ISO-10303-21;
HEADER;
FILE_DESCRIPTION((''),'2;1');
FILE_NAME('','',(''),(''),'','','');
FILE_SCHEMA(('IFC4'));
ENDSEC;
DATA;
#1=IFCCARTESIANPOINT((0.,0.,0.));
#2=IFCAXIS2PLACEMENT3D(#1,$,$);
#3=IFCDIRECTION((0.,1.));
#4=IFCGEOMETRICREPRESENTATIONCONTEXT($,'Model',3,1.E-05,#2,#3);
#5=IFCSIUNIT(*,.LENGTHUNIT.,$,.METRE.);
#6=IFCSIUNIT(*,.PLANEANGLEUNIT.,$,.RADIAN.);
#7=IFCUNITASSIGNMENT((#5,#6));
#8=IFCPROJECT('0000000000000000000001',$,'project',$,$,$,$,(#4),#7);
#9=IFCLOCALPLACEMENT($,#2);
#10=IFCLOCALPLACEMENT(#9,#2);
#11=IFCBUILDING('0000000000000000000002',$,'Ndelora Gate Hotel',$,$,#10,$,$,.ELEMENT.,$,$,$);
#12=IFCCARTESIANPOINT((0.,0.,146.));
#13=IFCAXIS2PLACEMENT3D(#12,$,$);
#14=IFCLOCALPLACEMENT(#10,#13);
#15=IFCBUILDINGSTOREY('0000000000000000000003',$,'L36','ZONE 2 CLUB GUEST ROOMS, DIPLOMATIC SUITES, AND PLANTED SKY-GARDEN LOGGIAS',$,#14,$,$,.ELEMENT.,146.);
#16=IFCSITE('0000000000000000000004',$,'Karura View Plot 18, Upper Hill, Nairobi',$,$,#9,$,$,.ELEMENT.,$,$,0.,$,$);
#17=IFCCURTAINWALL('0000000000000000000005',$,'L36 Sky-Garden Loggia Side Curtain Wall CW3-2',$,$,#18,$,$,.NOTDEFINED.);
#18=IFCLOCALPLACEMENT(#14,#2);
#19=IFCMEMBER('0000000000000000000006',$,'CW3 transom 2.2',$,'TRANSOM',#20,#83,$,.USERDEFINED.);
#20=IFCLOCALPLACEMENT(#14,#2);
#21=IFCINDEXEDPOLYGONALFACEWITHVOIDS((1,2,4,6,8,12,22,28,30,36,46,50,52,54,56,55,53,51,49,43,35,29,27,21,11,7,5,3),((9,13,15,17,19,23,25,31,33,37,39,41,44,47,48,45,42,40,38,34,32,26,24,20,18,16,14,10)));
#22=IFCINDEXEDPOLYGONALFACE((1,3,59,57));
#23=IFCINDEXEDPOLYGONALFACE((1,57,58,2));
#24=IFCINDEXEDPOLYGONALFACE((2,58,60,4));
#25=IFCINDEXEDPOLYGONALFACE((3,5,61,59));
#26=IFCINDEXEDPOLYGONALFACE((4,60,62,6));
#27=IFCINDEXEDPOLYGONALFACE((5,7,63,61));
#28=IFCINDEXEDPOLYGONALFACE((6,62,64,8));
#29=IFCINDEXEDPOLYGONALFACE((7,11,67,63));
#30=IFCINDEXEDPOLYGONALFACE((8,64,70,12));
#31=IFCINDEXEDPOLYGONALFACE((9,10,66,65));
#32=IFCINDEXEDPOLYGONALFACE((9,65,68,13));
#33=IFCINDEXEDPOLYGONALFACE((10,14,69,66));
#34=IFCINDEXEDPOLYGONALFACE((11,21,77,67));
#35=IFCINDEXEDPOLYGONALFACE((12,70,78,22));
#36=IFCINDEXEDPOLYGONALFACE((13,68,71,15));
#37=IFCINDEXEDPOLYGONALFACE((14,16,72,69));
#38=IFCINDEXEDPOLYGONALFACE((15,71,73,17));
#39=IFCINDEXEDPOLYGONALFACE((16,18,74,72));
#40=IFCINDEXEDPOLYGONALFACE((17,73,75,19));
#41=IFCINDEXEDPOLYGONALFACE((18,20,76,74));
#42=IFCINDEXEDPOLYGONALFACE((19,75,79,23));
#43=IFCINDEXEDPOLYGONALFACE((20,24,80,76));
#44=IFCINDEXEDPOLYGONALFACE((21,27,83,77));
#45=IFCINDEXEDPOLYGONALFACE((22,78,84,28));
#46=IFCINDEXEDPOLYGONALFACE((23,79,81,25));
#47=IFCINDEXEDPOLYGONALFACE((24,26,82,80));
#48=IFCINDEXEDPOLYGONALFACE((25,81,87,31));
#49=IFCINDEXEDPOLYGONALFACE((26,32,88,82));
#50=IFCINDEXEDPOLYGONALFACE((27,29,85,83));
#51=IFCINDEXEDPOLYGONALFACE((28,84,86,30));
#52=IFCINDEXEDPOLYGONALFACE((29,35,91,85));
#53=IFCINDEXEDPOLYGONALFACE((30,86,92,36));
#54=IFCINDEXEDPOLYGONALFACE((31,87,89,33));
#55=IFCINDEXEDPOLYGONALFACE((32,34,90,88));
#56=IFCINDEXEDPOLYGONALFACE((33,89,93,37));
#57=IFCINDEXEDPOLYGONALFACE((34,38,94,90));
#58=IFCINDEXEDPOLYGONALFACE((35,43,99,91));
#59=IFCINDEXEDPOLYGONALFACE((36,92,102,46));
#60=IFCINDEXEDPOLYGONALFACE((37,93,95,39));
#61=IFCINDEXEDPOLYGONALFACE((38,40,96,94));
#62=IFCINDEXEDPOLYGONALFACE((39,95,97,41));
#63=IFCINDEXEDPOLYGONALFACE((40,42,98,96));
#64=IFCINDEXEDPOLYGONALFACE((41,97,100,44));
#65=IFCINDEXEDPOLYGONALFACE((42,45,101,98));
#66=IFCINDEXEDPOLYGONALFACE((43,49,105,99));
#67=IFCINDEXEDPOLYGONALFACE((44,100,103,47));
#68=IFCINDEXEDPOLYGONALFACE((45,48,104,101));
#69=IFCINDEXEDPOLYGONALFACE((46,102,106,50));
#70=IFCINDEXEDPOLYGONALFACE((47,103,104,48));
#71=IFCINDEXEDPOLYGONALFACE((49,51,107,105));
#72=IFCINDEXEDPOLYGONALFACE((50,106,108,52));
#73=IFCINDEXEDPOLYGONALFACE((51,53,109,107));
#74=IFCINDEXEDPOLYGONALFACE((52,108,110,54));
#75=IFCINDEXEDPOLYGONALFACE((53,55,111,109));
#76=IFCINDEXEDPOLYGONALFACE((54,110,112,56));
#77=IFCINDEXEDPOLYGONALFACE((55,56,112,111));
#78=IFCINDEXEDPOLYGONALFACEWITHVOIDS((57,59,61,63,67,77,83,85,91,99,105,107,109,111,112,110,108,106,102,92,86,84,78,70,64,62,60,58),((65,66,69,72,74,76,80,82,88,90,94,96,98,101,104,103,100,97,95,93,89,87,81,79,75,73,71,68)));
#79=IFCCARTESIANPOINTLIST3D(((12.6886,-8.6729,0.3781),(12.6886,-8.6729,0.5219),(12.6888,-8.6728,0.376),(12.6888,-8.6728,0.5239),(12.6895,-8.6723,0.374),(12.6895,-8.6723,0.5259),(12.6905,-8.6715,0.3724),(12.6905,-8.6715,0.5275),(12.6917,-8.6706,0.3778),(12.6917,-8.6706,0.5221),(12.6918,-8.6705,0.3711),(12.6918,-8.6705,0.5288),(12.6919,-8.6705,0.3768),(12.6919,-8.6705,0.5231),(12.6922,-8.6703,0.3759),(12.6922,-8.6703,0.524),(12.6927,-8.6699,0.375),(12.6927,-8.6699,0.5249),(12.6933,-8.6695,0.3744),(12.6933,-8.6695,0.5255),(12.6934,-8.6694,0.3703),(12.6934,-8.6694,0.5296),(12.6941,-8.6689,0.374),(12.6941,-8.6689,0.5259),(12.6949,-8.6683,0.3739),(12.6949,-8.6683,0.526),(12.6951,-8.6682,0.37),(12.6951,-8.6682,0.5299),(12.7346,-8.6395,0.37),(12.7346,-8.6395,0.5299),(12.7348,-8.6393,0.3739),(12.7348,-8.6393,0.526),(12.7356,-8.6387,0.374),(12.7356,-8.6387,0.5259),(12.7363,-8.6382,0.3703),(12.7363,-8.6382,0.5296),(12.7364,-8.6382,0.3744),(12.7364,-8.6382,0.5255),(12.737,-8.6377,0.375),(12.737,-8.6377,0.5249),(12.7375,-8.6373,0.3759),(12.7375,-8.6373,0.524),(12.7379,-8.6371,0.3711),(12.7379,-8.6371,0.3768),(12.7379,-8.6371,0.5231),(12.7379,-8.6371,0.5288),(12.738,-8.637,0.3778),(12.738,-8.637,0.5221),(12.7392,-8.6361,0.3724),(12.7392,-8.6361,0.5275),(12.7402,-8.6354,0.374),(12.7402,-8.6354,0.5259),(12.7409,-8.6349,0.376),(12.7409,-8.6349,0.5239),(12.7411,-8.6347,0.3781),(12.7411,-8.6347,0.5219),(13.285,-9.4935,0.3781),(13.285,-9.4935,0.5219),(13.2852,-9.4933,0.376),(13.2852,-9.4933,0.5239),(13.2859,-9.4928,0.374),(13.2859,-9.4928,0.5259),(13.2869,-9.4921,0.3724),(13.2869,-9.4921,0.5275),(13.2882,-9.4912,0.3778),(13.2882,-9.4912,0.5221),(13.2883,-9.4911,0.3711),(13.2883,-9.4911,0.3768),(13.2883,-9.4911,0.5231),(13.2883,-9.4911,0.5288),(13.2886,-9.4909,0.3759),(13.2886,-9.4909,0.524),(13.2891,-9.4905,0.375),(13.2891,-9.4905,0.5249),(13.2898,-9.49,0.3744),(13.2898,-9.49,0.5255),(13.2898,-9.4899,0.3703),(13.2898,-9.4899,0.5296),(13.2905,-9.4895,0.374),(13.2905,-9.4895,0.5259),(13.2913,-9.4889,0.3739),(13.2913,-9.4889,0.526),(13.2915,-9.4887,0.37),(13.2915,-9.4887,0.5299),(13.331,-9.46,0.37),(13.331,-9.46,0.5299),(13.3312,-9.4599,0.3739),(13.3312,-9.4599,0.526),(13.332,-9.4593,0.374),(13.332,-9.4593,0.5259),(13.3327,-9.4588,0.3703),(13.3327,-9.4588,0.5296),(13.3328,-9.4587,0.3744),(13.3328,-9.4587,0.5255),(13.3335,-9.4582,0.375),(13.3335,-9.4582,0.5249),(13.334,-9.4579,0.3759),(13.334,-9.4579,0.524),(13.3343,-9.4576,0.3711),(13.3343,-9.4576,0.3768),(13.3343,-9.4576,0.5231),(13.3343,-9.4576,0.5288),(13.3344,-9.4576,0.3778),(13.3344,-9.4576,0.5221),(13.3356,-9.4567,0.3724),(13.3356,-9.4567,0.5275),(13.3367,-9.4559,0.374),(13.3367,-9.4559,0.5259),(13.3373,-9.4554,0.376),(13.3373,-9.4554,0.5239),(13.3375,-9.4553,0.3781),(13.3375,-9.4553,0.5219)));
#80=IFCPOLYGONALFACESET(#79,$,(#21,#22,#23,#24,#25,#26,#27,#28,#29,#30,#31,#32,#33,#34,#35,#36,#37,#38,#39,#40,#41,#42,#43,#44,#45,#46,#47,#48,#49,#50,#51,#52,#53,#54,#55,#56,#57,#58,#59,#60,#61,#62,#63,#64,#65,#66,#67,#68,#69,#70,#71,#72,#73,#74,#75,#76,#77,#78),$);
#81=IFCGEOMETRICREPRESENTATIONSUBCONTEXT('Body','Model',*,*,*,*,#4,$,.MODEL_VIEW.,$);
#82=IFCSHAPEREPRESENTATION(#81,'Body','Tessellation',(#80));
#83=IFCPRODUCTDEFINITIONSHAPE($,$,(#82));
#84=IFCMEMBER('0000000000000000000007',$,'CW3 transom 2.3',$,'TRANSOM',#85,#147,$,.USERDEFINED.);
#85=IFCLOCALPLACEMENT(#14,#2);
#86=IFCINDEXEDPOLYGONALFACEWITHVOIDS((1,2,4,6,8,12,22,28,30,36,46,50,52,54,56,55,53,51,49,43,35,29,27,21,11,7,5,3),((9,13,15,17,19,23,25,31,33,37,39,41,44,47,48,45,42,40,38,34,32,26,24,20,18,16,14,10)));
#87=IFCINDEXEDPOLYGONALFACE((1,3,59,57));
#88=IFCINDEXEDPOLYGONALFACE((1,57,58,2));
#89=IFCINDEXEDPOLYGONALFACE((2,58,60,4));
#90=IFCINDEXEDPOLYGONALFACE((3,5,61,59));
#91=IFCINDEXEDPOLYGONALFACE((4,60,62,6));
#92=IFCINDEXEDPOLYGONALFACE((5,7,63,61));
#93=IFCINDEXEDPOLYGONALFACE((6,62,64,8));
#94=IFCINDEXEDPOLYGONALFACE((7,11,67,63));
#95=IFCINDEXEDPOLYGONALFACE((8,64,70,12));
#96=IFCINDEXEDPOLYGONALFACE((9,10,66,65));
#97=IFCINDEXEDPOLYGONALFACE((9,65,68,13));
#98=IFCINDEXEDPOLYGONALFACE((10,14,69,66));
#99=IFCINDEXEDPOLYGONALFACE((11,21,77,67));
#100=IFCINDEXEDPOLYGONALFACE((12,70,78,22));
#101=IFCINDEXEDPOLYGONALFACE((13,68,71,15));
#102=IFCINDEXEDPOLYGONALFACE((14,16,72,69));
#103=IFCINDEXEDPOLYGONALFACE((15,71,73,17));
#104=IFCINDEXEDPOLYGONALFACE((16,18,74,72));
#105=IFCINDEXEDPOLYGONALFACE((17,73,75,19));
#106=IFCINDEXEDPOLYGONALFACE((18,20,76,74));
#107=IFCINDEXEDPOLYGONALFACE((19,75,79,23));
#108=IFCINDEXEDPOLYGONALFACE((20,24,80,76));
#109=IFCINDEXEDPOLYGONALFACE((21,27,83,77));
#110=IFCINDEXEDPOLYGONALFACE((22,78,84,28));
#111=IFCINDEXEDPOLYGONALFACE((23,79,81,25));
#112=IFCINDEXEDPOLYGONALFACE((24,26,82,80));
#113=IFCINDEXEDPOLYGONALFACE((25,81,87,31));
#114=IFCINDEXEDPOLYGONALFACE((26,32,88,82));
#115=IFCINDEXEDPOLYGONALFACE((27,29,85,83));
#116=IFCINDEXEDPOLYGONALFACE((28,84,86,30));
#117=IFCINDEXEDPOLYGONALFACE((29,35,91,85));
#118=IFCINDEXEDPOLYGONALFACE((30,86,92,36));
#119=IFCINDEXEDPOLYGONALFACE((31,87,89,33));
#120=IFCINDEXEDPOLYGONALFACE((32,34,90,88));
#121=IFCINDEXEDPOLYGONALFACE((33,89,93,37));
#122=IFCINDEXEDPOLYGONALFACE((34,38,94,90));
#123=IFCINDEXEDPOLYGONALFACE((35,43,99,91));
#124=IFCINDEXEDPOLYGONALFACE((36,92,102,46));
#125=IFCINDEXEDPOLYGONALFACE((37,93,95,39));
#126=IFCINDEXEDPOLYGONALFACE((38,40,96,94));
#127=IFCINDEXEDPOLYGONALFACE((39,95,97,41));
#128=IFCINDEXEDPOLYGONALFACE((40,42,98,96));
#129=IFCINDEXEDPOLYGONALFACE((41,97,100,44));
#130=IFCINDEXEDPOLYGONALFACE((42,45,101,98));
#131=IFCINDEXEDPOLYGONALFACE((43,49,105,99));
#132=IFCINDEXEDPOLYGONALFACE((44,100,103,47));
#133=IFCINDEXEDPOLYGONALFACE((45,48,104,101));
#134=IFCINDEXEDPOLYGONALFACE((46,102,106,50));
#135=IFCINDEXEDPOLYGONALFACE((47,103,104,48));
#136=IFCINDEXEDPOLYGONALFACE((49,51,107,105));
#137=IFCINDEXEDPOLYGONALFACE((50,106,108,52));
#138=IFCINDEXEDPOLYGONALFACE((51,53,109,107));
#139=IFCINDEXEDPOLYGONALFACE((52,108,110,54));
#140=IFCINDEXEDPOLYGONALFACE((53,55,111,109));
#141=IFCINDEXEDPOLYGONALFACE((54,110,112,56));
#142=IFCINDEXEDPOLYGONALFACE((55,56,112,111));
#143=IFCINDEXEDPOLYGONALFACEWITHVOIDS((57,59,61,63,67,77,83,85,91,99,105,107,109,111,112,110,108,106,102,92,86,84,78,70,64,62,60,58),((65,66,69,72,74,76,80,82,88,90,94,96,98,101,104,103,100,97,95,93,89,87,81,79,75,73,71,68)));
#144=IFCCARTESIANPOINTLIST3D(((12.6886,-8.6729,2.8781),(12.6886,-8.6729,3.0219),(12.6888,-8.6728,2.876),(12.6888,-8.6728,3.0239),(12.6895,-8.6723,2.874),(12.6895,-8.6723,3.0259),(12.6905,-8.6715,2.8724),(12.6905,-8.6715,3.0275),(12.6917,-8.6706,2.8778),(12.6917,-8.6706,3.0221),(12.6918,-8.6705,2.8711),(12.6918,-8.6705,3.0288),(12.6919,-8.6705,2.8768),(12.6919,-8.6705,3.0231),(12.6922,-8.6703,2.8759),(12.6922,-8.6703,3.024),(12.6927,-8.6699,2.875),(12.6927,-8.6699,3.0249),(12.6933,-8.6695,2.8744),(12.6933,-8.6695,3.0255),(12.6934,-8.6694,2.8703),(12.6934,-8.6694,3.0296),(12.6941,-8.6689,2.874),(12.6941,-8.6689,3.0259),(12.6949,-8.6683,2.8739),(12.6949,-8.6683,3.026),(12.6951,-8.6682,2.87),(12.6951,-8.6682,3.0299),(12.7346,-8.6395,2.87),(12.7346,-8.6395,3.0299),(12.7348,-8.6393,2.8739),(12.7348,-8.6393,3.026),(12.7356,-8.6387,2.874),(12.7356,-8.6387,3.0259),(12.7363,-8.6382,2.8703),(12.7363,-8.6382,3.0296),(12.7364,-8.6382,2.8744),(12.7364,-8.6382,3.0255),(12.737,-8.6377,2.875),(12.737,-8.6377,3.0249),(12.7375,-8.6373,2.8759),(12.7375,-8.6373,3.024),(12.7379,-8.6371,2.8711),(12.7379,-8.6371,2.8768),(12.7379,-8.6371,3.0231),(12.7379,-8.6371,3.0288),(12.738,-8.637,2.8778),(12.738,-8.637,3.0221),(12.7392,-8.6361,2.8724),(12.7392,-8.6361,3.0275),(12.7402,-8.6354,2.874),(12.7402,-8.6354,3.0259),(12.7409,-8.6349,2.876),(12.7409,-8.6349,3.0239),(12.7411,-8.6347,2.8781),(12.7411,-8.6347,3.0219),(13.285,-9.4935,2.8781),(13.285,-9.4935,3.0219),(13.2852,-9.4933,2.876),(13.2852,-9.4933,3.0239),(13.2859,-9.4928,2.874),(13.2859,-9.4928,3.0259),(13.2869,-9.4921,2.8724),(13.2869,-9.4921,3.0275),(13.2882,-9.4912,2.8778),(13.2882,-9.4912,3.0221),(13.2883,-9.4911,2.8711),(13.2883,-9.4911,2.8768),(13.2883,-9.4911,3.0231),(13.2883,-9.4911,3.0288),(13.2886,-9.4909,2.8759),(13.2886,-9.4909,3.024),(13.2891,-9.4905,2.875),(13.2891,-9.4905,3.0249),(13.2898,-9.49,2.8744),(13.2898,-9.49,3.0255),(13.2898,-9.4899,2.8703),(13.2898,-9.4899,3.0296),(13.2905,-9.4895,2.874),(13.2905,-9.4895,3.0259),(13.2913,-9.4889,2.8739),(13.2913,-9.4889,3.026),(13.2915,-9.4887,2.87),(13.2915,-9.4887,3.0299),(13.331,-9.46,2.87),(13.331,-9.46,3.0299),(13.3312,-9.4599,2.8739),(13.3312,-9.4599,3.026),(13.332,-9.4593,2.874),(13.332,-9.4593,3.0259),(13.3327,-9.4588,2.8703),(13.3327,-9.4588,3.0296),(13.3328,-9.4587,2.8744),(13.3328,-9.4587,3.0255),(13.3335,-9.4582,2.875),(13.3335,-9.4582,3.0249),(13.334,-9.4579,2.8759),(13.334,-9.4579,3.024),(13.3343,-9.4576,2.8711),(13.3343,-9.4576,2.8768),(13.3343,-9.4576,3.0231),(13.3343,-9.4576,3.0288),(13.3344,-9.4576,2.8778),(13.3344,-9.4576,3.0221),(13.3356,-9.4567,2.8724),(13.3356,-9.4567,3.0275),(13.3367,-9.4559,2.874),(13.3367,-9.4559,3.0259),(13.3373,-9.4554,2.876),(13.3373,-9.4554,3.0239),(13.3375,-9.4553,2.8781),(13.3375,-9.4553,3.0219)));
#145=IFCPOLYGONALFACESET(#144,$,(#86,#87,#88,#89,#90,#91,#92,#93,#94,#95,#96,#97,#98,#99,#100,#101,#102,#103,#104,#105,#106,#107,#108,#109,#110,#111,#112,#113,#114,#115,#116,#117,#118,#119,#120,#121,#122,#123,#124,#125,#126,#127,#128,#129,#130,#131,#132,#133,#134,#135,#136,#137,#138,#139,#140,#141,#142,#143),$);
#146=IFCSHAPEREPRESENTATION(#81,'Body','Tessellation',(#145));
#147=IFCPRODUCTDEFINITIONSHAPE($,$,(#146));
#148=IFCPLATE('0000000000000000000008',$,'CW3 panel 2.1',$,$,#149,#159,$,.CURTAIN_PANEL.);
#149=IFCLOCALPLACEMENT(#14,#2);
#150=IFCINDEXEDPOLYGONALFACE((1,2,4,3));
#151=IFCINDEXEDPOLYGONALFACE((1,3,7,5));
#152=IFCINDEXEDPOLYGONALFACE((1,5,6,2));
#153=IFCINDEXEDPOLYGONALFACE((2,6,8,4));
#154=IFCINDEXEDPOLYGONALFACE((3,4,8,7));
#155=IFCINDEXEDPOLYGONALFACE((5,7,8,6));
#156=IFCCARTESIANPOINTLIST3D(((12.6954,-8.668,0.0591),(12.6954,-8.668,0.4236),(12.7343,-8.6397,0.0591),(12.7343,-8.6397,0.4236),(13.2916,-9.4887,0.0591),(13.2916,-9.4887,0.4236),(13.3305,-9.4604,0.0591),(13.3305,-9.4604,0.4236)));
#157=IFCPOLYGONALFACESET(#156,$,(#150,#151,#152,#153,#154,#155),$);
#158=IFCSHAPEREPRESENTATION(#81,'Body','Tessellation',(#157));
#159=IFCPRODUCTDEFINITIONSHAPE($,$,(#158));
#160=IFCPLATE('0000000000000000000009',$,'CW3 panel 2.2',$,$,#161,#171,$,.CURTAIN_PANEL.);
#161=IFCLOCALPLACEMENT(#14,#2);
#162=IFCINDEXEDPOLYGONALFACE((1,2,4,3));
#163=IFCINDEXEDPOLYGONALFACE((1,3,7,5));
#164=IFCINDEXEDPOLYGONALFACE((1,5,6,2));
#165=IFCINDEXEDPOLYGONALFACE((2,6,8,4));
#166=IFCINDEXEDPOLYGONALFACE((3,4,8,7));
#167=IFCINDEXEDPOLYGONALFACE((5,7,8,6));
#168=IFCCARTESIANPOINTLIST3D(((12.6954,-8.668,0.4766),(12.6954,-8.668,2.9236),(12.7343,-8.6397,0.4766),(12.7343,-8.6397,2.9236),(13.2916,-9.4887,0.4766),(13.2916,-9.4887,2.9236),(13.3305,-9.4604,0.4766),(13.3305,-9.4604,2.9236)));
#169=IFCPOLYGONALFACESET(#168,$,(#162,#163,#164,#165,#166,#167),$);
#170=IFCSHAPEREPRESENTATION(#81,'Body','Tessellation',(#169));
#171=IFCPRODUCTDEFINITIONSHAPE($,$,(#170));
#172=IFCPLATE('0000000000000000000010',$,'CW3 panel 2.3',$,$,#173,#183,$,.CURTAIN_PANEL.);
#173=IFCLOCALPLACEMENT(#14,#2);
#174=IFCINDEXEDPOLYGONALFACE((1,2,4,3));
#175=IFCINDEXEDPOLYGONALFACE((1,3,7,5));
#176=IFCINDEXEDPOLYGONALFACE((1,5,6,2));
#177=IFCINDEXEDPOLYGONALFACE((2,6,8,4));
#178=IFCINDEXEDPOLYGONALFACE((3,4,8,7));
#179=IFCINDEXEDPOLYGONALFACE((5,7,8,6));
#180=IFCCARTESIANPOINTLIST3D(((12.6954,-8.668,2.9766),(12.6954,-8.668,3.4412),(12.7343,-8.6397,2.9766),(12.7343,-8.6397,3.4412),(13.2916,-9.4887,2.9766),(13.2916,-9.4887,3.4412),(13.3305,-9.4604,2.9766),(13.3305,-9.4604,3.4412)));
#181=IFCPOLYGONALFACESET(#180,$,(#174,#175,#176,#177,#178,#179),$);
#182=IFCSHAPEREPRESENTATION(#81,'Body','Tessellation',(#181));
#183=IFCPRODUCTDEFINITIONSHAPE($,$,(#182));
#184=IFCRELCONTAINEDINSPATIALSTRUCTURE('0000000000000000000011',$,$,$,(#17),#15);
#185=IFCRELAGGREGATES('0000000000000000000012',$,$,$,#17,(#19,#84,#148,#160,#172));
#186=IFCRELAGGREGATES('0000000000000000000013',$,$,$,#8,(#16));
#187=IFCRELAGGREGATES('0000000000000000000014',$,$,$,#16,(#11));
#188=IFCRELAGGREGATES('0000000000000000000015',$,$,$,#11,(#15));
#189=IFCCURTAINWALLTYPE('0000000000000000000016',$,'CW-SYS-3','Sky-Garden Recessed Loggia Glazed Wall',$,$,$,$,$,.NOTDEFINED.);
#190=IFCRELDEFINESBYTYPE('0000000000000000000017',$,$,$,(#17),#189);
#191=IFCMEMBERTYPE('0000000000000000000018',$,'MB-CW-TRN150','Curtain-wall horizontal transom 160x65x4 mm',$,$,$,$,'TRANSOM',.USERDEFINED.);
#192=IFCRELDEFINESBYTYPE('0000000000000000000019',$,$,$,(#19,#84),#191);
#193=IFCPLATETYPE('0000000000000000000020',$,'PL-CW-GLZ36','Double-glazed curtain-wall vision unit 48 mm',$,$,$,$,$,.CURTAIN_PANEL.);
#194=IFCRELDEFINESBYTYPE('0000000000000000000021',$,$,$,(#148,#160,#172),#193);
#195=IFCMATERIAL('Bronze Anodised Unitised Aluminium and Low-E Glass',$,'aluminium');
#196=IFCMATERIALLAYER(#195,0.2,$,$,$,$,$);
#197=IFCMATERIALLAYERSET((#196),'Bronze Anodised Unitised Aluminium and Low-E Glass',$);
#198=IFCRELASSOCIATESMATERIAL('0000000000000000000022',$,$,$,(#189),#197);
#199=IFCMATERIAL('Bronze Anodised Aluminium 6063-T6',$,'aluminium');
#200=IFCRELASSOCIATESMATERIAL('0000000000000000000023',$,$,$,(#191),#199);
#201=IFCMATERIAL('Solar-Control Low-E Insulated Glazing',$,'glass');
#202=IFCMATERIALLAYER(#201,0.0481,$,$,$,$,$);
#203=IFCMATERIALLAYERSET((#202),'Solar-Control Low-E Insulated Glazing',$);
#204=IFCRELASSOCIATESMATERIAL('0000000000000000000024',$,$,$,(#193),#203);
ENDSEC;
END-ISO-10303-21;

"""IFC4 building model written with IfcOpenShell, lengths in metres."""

from ifc_helpers import new_model, si_unit, direction, frame, origin, origin_2d, place, context, subcontext, project, spatial, rectangle, hollow_rectangle, extrude, material, layer, layer_set, material_profile, profile_set, type_object, element, aggregate, save


model = new_model("IFC4")

# Units and contexts
model_context = context("Model", 3, precision=1e-05, world=origin(), true_north=direction((0.0, 1.0)))
body_context = subcontext(model_context, "Body", "Model", "MODEL_VIEW")
ifc_project = project(units=[si_unit("LENGTHUNIT", "METRE"), si_unit("PLANEANGLEUNIT", "RADIAN")], contexts=[model_context])

# Site, building, storey
site_placement = place(None, origin())
site = spatial("IfcSite", under=ifc_project, at=site_placement, Name="Karura View Plot 18, Upper Hill, Nairobi", CompositionType="ELEMENT", RefElevation=0.0)
building_placement = place(site_placement, origin())
building = spatial("IfcBuilding", under=site, at=building_placement, Name="Ndelora Gate Hotel", CompositionType="ELEMENT")
storey_placement = place(building_placement, frame((0.0, 0.0, 146.0)))
storey = spatial("IfcBuildingStorey", under=building, at=storey_placement, Name="L36", Description="ZONE 2 CLUB GUEST ROOMS, DIPLOMATIC SUITES, AND PLANTED SKY-GARDEN LOGGIAS", CompositionType="ELEMENT", Elevation=146.0)

# Curtain wall, members, plates
ifc_material_1 = material(Name="Bronze Anodised Unitised Aluminium and Low-E Glass", Category="aluminium")
ifc_layer_1 = layer(ifc_material_1, 0.2)
ifc_layer_set_1 = layer_set([ifc_layer_1], Name="Bronze Anodised Unitised Aluminium and Low-E Glass")
curtain_wall_type = type_object("IfcCurtainWallType", Name="CW-SYS-3", Description="Sky-Garden Recessed Loggia Glazed Wall", PredefinedType="NOTDEFINED", material=ifc_layer_set_1)
curtain_wall_placement = place(storey_placement, origin())
curtain_wall = element("IfcCurtainWall", 1, at=curtain_wall_placement, inside=storey, type_object=curtain_wall_type, Name="L36 Sky-Garden Loggia Side Curtain Wall CW3-2", PredefinedType="NOTDEFINED")
ifc_material_2 = material(Name="Bronze Anodised Aluminium 6063-T6", Category="aluminium")
ifc_material_profile_1 = material_profile(ifc_material_2, hollow_rectangle(XDim=0.0649, YDim=0.1599, WallThickness=0.0039, InnerFilletRadius=0.0039, OuterFilletRadius=0.0081, at=origin_2d()), Name="ALU 160x65x4")
ifc_profile_set_1 = profile_set([ifc_material_profile_1], Name="Bronze Anodised Aluminium 6063-T6")
member_type_1 = type_object("IfcMemberType", Name="MB-CW-TRN150", Description="Curtain-wall horizontal transom 160x65x4 mm", ElementType="TRANSOM", PredefinedType="USERDEFINED", material=ifc_profile_set_1)
member_1_placement = place(storey_placement, frame((13.3113, -9.4744, 0.45), z_axis=(-0.587957, 0.808892, 0.0), x_axis=(-0.808892, -0.587957, 0.0)))
member_1 = element("IfcMember", 2, at=member_1_placement, type_object=member_type_1, Name="CW3 transom 2.2", ObjectType="TRANSOM", PredefinedType="USERDEFINED", context=body_context, shape_type="SweptSolid", body=[
    extrude(hollow_rectangle(XDim=0.0649, YDim=0.1599, WallThickness=0.0039, InnerFilletRadius=0.0039, OuterFilletRadius=0.0081, at=origin_2d()), origin(), (0.0, 0.0, 1.0), 1.0144),
])
member_2_placement = place(storey_placement, frame((13.3113, -9.4744, 2.95), z_axis=(-0.587957, 0.808892, 0.0), x_axis=(-0.808892, -0.587957, 0.0)))
member_2 = element("IfcMember", 3, at=member_2_placement, type_object=member_type_1, Name="CW3 transom 2.3", ObjectType="TRANSOM", PredefinedType="USERDEFINED", context=body_context, shape_type="SweptSolid", body=[
    extrude(hollow_rectangle(XDim=0.0649, YDim=0.1599, WallThickness=0.0039, InnerFilletRadius=0.0039, OuterFilletRadius=0.0081, at=origin_2d()), origin(), (0.0, 0.0, 1.0), 1.0144),
])
ifc_material_3 = material(Name="Solar-Control Low-E Insulated Glazing", Category="glass")
ifc_layer_2 = layer(ifc_material_3, 0.0481)
ifc_layer_set_2 = layer_set([ifc_layer_2], Name="Solar-Control Low-E Insulated Glazing")
plate_type = type_object("IfcPlateType", Name="PL-CW-GLZ36", Description="Double-glazed curtain-wall vision unit 48 mm", PredefinedType="CURTAIN_PANEL", material=ifc_layer_set_2)
plate_1_placement = place(storey_placement, frame((13.0129, -9.0642, 0.0591), z_axis=(0.0, 0.0, 1.0), x_axis=(-0.587785, 0.809017, 0.0)))
plate_1 = element("IfcPlate", 4, at=plate_1_placement, type_object=plate_type, Name="CW3 panel 2.1", PredefinedType="CURTAIN_PANEL", context=body_context, shape_type="SweptSolid", body=[
    extrude(rectangle(XDim=1.0144, YDim=0.0481, at=origin_2d()), origin(), (0.0, 0.0, 1.0), 0.3645),
])
plate_2_placement = place(storey_placement, frame((13.0129, -9.0642, 0.4766), z_axis=(0.0, 0.0, 1.0), x_axis=(-0.587785, 0.809017, 0.0)))
plate_2 = element("IfcPlate", 5, at=plate_2_placement, type_object=plate_type, Name="CW3 panel 2.2", PredefinedType="CURTAIN_PANEL", context=body_context, shape_type="SweptSolid", body=[
    extrude(rectangle(XDim=1.0144, YDim=0.0481, at=origin_2d()), origin(), (0.0, 0.0, 1.0), 2.447),
])
plate_3_placement = place(storey_placement, frame((13.0129, -9.0642, 2.9766), z_axis=(0.0, 0.0, 1.0), x_axis=(-0.587785, 0.809017, 0.0)))
plate_3 = element("IfcPlate", 6, at=plate_3_placement, type_object=plate_type, Name="CW3 panel 2.3", PredefinedType="CURTAIN_PANEL", context=body_context, shape_type="SweptSolid", body=[
    extrude(rectangle(XDim=1.0144, YDim=0.0481, at=origin_2d()), origin(), (0.0, 0.0, 1.0), 0.4646),
])
aggregate(curtain_wall, [member_1, member_2, plate_1, plate_2, plate_3])

save(model, "model.ifc")
